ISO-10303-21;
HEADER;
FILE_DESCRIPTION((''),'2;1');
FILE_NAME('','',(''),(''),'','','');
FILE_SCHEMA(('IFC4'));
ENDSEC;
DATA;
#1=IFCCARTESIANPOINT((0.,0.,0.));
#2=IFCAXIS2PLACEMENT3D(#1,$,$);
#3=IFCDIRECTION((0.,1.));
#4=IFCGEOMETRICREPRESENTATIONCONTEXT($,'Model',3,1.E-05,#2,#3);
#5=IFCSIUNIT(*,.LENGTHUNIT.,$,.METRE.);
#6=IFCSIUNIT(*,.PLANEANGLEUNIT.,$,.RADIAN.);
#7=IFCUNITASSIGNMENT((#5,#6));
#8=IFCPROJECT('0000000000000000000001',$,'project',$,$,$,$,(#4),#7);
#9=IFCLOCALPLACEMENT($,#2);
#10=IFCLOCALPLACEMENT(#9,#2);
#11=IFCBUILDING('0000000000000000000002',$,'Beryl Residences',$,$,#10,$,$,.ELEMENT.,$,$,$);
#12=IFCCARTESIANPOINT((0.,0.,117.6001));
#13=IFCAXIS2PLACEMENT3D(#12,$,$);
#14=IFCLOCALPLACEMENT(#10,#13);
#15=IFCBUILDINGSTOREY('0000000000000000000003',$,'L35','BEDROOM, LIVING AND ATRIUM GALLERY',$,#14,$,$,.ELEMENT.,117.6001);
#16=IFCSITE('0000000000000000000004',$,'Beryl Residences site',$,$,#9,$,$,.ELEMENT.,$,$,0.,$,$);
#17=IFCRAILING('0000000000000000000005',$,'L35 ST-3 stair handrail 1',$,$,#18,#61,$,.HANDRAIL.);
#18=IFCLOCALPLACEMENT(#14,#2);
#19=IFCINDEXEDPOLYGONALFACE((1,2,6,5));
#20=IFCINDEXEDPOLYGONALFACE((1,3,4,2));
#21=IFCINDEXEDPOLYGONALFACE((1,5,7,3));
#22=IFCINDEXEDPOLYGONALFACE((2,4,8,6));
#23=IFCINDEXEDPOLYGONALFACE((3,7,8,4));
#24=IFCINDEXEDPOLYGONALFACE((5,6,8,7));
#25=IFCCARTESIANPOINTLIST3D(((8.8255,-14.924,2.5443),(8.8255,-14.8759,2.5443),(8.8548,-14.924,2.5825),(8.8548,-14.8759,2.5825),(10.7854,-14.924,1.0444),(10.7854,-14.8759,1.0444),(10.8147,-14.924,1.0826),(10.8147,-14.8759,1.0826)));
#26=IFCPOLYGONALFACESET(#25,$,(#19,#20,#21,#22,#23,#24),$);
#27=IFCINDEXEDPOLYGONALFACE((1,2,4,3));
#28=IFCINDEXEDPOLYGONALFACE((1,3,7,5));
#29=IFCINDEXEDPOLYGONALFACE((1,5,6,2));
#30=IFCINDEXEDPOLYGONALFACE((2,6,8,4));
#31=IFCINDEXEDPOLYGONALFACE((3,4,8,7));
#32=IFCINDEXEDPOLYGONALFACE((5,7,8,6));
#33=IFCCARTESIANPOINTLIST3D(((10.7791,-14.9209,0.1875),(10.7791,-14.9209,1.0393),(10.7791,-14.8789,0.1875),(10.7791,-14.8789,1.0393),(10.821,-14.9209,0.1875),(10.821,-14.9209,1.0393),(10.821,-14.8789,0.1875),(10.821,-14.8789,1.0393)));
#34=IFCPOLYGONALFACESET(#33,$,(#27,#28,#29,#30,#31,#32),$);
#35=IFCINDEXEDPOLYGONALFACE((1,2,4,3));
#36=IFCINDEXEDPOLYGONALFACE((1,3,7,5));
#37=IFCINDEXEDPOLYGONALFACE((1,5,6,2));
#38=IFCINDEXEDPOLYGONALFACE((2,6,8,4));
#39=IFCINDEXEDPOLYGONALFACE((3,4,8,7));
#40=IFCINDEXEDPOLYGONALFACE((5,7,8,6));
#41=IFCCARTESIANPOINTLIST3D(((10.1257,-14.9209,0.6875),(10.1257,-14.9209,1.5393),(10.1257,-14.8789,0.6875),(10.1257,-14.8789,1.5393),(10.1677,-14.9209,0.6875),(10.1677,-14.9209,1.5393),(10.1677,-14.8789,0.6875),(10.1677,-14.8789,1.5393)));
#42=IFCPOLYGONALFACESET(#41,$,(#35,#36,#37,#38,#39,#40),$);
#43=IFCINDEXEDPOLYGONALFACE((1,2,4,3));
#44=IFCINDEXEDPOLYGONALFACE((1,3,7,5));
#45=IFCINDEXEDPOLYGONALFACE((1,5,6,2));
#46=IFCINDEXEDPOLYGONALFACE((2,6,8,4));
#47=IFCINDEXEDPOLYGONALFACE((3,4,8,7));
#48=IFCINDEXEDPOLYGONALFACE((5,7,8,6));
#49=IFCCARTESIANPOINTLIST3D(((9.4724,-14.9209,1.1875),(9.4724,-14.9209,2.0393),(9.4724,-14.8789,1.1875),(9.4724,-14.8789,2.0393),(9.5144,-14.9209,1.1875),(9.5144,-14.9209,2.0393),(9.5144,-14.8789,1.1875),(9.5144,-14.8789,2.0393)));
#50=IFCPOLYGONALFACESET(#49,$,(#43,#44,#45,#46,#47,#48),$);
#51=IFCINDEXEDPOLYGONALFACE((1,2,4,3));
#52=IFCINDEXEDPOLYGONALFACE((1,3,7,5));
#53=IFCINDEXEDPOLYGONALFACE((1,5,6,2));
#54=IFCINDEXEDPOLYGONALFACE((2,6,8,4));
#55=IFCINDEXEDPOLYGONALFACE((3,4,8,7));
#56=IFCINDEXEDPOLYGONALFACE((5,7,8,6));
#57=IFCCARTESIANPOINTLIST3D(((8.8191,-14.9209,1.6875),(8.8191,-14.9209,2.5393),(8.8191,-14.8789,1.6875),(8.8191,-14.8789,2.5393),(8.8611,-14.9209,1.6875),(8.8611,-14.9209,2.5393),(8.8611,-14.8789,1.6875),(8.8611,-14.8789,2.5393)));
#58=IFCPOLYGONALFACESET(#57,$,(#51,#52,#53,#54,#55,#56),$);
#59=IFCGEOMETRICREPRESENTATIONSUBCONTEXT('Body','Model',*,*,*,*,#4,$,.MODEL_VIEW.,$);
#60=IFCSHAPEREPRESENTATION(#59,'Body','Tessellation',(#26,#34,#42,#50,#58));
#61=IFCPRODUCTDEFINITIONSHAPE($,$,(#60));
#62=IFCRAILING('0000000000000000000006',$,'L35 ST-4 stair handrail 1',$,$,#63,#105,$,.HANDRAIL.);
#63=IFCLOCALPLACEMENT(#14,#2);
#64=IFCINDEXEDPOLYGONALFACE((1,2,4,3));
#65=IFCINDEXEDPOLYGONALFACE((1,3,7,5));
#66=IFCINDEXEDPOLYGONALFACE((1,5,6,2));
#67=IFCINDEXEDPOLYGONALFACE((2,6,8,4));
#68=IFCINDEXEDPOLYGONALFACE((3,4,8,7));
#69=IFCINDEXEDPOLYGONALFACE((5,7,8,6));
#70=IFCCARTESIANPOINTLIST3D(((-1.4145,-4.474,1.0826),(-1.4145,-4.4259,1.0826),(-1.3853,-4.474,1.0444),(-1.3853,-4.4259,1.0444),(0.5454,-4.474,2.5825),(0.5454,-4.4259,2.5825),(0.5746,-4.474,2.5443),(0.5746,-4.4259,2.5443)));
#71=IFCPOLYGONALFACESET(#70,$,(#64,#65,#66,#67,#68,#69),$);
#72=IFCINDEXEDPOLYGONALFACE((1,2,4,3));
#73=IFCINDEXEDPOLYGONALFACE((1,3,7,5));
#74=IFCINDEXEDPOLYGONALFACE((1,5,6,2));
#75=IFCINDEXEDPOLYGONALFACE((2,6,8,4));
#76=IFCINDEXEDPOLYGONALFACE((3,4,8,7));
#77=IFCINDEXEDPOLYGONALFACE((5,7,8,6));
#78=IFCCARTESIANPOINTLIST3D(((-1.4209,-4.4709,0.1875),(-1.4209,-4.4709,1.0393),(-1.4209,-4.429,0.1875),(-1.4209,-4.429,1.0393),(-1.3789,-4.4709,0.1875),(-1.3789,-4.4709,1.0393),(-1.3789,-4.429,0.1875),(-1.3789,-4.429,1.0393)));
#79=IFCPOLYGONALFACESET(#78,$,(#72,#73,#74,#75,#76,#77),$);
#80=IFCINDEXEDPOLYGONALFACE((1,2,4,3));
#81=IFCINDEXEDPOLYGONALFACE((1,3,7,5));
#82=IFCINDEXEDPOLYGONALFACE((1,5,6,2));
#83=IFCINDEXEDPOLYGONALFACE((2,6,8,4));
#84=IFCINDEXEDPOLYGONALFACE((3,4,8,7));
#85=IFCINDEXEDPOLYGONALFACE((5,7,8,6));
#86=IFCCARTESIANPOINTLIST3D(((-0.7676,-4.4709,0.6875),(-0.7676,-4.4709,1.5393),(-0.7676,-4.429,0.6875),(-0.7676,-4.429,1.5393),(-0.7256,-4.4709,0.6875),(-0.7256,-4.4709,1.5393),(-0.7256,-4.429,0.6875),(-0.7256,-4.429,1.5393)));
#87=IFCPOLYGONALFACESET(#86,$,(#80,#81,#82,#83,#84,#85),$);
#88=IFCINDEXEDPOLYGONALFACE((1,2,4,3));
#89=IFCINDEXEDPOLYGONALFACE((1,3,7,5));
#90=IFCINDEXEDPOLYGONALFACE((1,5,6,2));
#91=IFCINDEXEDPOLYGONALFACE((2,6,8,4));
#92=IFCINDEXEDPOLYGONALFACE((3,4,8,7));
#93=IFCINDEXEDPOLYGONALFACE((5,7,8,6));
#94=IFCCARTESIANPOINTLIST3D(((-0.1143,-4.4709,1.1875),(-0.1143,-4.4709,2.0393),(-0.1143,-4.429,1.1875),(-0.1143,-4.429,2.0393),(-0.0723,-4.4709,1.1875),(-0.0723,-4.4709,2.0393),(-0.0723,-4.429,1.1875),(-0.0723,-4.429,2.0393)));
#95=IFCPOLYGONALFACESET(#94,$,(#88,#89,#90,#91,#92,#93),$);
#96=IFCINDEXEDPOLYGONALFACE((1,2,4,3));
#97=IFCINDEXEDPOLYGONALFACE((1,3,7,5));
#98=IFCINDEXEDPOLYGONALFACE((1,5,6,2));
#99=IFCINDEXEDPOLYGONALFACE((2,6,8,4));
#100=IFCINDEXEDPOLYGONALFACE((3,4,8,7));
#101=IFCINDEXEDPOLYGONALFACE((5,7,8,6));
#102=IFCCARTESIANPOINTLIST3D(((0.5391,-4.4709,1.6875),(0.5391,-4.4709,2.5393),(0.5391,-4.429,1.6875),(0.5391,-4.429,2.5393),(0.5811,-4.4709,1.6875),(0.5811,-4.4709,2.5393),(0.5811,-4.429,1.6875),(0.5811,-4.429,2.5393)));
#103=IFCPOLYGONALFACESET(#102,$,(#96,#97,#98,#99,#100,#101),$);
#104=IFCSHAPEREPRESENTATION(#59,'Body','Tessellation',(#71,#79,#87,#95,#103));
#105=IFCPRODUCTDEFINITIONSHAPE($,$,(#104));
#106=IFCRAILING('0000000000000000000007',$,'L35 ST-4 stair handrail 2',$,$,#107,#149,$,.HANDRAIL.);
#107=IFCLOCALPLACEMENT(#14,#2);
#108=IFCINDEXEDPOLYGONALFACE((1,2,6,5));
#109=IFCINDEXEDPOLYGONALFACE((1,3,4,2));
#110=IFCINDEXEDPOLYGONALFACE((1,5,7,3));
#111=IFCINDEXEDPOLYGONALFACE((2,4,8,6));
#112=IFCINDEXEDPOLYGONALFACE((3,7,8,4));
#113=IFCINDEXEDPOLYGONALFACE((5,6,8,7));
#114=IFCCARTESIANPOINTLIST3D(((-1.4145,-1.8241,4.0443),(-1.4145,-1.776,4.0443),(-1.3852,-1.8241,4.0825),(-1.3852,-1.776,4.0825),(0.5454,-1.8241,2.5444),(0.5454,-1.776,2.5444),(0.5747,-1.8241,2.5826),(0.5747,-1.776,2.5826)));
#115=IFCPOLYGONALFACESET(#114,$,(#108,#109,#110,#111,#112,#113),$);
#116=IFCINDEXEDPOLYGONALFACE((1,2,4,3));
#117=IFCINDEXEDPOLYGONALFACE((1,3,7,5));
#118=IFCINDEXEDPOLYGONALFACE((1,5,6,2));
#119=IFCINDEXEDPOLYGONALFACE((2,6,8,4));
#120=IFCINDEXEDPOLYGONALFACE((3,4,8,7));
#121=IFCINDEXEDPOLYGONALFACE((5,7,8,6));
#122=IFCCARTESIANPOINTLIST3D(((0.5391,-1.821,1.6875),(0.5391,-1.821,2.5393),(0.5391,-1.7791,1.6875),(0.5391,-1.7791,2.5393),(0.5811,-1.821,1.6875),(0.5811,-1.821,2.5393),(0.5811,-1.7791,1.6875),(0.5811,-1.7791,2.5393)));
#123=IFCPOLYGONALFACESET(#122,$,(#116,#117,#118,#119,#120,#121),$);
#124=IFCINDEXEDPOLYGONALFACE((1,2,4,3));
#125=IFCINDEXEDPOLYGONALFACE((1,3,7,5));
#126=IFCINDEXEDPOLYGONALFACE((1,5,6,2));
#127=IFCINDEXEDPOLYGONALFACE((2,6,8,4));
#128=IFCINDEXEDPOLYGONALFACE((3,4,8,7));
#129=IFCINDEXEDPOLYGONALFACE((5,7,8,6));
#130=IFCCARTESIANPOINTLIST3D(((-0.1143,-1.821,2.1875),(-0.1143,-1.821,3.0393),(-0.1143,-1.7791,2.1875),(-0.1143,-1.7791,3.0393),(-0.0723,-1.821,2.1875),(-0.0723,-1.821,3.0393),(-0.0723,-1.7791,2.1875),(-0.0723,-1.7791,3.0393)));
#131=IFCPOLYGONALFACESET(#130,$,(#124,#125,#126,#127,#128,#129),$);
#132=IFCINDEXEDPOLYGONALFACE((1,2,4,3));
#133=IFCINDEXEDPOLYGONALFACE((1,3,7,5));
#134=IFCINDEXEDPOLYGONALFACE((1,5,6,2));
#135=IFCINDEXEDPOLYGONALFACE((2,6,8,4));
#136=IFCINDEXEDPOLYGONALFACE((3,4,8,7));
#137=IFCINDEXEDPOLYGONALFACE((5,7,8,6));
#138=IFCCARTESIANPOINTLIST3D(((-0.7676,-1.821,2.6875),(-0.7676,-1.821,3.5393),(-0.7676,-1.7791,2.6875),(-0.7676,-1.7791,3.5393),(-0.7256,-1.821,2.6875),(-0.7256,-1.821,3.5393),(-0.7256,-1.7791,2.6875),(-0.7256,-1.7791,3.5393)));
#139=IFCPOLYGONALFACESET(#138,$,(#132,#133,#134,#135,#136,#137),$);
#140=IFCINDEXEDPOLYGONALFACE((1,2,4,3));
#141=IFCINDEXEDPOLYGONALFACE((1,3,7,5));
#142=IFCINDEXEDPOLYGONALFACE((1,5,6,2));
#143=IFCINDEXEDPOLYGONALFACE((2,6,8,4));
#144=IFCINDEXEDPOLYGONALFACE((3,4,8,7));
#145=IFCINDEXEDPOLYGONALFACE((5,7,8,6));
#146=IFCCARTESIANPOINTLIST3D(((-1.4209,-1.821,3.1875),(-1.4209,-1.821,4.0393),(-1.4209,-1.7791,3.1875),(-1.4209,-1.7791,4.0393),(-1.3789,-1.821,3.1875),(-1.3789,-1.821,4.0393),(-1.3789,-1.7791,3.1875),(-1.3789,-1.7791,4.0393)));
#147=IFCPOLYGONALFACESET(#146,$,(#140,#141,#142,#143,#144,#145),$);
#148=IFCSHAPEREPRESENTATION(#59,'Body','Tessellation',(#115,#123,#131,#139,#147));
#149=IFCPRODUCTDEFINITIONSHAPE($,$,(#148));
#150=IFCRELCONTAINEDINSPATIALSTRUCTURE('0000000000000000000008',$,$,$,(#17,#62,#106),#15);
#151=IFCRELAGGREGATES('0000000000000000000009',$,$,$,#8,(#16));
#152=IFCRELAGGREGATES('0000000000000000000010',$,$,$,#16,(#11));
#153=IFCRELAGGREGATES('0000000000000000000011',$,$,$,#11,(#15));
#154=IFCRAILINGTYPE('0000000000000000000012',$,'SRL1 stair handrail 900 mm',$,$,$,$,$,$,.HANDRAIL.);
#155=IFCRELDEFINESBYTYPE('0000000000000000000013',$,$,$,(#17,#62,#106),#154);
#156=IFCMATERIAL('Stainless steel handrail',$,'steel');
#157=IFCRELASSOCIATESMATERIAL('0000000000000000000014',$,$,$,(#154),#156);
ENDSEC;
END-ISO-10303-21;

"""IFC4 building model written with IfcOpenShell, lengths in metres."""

from ifc_helpers import new_model, si_unit, direction, frame, origin, origin_2d, place, context, subcontext, project, spatial, rectangle, extrude, material, type_object, element, save


model = new_model("IFC4")

# Units and contexts
model_context = context("Model", 3, precision=1e-05, world=origin(), true_north=direction((0.0, 1.0)))
body_context = subcontext(model_context, "Body", "Model", "MODEL_VIEW")
ifc_project = project(units=[si_unit("LENGTHUNIT", "METRE"), si_unit("PLANEANGLEUNIT", "RADIAN")], contexts=[model_context])

# Site, building, storey
site_placement = place(None, origin())
site = spatial("IfcSite", under=ifc_project, at=site_placement, Name="Beryl Residences site", CompositionType="ELEMENT", RefElevation=0.0)
building_placement = place(site_placement, origin())
building = spatial("IfcBuilding", under=site, at=building_placement, Name="Beryl Residences", CompositionType="ELEMENT")
storey_placement = place(building_placement, frame((0.0, 0.0, 117.6001)))
storey = spatial("IfcBuildingStorey", under=building, at=storey_placement, Name="L35", Description="BEDROOM, LIVING AND ATRIUM GALLERY", CompositionType="ELEMENT", Elevation=117.6001)

# Railings
ifc_material_1 = material(Name="Stainless steel handrail", Category="steel")
railing_type_1 = type_object("IfcRailingType", Name="SRL1 stair handrail 900 mm", PredefinedType="HANDRAIL", material=ifc_material_1)
railing_1_placement = place(storey_placement, frame((10.8, -14.8999, 0.1875)))
element("IfcRailing", 1, at=railing_1_placement, inside=storey, type_object=railing_type_1, Name="L35 ST-3 stair handrail 1", PredefinedType="HANDRAIL", context=body_context, shape_type="SweptSolid", body=[
    extrude(rectangle(XDim=0.0481, YDim=0.0481, at=origin_2d()), frame((0.0, 0.0, 0.876), z_axis=(-0.794122, 0.0, 0.607758), x_axis=(0.0, -1.0, 0.0)), (0.0, 0.0, 1.0), 2.468),
    extrude(rectangle(XDim=0.042, YDim=0.042, at=origin_2d()), origin(), (0.0, 0.0, 1.0), 0.8518),
    extrude(rectangle(XDim=0.042, YDim=0.042, at=origin_2d()), frame((-0.6533, 0.0, 0.5)), (0.0, 0.0, 1.0), 0.8518),
    extrude(rectangle(XDim=0.042, YDim=0.042, at=origin_2d()), frame((-1.3066, 0.0, 1.0)), (0.0, 0.0, 1.0), 0.8518),
    extrude(rectangle(XDim=0.042, YDim=0.042, at=origin_2d()), frame((-1.96, 0.0, 1.5)), (0.0, 0.0, 1.0), 0.8518),
])
railing_2_placement = place(storey_placement, frame((-1.3999, -4.45, 0.1875)))
element("IfcRailing", 2, at=railing_2_placement, inside=storey, type_object=railing_type_1, Name="L35 ST-4 stair handrail 1", PredefinedType="HANDRAIL", context=body_context, shape_type="SweptSolid", body=[
    extrude(rectangle(XDim=0.0481, YDim=0.0481, at=origin_2d()), frame((0.0, 0.0, 0.876), z_axis=(0.794122, 0.0, 0.607758), x_axis=(0.0, 1.0, 0.0)), (0.0, 0.0, 1.0), 2.468),
    extrude(rectangle(XDim=0.042, YDim=0.042, at=origin_2d()), origin(), (0.0, 0.0, 1.0), 0.8518),
    extrude(rectangle(XDim=0.042, YDim=0.042, at=origin_2d()), frame((0.6533, 0.0, 0.5)), (0.0, 0.0, 1.0), 0.8518),
    extrude(rectangle(XDim=0.042, YDim=0.042, at=origin_2d()), frame((1.3066, 0.0, 1.0)), (0.0, 0.0, 1.0), 0.8518),
    extrude(rectangle(XDim=0.042, YDim=0.042, at=origin_2d()), frame((1.96, 0.0, 1.5)), (0.0, 0.0, 1.0), 0.8518),
])
railing_3_placement = place(storey_placement, frame((0.5601, -1.8, 1.6875)))
element("IfcRailing", 3, at=railing_3_placement, inside=storey, type_object=railing_type_1, Name="L35 ST-4 stair handrail 2", PredefinedType="HANDRAIL", context=body_context, shape_type="SweptSolid", body=[
    extrude(rectangle(XDim=0.0481, YDim=0.0481, at=origin_2d()), frame((0.0, 0.0, 0.876), z_axis=(-0.794122, 0.0, 0.607758), x_axis=(0.0, -1.0, 0.0)), (0.0, 0.0, 1.0), 2.468),
    extrude(rectangle(XDim=0.042, YDim=0.042, at=origin_2d()), origin(), (0.0, 0.0, 1.0), 0.8518),
    extrude(rectangle(XDim=0.042, YDim=0.042, at=origin_2d()), frame((-0.6533, 0.0, 0.5)), (0.0, 0.0, 1.0), 0.8518),
    extrude(rectangle(XDim=0.042, YDim=0.042, at=origin_2d()), frame((-1.3066, 0.0, 1.0)), (0.0, 0.0, 1.0), 0.8518),
    extrude(rectangle(XDim=0.042, YDim=0.042, at=origin_2d()), frame((-1.96, 0.0, 1.5)), (0.0, 0.0, 1.0), 0.8518),
])

save(model, "model.ifc")
